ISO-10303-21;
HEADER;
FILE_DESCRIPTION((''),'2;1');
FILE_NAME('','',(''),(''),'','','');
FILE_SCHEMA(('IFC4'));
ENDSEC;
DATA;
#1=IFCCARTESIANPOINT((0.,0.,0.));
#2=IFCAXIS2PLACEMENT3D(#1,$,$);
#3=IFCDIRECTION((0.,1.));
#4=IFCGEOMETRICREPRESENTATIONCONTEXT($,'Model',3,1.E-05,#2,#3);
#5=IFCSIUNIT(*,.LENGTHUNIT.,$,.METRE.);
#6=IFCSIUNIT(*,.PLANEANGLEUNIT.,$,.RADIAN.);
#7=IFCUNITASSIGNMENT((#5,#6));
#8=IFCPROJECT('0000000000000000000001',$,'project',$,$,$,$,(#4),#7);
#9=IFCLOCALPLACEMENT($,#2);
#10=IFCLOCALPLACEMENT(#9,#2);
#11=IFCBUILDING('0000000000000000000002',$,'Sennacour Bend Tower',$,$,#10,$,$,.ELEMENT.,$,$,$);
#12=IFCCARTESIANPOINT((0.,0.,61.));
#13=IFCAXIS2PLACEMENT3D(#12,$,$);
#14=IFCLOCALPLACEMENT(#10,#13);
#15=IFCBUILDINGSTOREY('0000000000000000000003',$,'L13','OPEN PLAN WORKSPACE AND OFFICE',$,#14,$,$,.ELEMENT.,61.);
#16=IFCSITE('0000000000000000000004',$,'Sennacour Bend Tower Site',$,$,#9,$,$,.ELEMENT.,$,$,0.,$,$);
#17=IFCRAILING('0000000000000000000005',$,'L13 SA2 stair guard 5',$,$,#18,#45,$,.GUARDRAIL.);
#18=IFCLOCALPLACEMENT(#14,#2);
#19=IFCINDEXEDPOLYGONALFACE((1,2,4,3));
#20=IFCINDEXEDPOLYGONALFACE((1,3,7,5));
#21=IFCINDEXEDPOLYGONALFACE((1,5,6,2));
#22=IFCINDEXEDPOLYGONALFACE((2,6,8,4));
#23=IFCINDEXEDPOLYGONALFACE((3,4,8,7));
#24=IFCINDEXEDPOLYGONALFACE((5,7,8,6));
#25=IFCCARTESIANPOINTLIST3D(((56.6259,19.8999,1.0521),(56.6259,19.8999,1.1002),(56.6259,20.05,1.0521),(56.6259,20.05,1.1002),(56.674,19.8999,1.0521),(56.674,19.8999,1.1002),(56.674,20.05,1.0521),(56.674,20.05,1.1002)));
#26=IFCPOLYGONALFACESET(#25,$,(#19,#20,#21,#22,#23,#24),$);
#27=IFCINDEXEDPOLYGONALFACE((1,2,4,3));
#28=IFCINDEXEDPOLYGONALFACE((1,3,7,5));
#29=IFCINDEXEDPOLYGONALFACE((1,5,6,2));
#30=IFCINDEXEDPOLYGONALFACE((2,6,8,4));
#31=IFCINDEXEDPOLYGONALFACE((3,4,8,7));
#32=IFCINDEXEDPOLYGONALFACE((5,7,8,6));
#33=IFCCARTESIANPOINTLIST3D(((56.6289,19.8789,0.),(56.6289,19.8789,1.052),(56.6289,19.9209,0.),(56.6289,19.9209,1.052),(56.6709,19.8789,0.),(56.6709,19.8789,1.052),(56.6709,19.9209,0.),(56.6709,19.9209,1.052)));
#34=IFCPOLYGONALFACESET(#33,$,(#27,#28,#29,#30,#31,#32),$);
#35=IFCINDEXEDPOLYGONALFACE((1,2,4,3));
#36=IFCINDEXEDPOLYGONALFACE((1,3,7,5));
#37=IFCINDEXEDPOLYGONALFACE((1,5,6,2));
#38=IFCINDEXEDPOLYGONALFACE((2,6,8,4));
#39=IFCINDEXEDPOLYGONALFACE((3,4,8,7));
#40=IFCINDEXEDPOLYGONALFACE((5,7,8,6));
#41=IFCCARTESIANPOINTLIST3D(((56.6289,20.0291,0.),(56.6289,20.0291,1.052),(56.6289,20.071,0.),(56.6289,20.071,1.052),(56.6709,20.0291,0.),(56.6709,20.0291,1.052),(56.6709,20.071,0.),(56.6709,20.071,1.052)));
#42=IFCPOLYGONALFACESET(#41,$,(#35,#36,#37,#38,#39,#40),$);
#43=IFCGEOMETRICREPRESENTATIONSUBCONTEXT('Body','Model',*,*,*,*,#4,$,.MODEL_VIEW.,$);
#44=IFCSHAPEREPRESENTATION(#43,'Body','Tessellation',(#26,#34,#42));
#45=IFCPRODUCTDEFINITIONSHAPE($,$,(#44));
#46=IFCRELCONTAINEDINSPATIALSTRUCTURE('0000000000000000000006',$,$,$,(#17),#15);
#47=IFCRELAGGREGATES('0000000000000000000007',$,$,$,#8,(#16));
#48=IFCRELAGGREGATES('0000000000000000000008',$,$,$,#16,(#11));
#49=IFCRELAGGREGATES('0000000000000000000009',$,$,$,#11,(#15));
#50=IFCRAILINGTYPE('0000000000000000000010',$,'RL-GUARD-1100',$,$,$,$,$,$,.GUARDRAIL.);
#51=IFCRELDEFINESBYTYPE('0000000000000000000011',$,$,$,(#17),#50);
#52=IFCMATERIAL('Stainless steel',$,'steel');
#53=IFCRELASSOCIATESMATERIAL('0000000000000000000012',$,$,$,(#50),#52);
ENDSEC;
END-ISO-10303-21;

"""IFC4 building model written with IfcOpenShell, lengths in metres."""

from ifc_helpers import new_model, si_unit, direction, frame, origin, origin_2d, place, context, subcontext, project, spatial, rectangle, extrude, material, type_object, element, save


model = new_model("IFC4")

# Units and contexts
model_context = context("Model", 3, precision=1e-05, world=origin(), true_north=direction((0.0, 1.0)))
body_context = subcontext(model_context, "Body", "Model", "MODEL_VIEW")
ifc_project = project(units=[si_unit("LENGTHUNIT", "METRE"), si_unit("PLANEANGLEUNIT", "RADIAN")], contexts=[model_context])

# Site, building, storey
site_placement = place(None, origin())
site = spatial("IfcSite", under=ifc_project, at=site_placement, Name="Sennacour Bend Tower Site", CompositionType="ELEMENT", RefElevation=0.0)
building_placement = place(site_placement, origin())
building = spatial("IfcBuilding", under=site, at=building_placement, Name="Sennacour Bend Tower", CompositionType="ELEMENT")
storey_placement = place(building_placement, frame((0.0, 0.0, 61.0)))
storey = spatial("IfcBuildingStorey", under=building, at=storey_placement, Name="L13", Description="OPEN PLAN WORKSPACE AND OFFICE", CompositionType="ELEMENT", Elevation=61.0)

# Shared definitions
ifc_material_1 = material(Name="Stainless steel", Category="steel")

# Railing
railing_type = type_object("IfcRailingType", Name="RL-GUARD-1100", PredefinedType="GUARDRAIL", material=ifc_material_1)
railing_placement = place(storey_placement, frame((56.6499, 19.8999, 0.0)))
element("IfcRailing", 1, at=railing_placement, inside=storey, type_object=railing_type, Name="L13 SA2 stair guard 5", PredefinedType="GUARDRAIL", context=body_context, shape_type="SweptSolid", body=[
    extrude(rectangle(XDim=0.0481, YDim=0.0481, at=origin_2d()), frame((0.0, 0.0, 1.0762), z_axis=(0.0, 1.0, 0.0), x_axis=(-1.0, 0.0, 0.0)), (0.0, 0.0, 1.0), 0.1501),
    extrude(rectangle(XDim=0.042, YDim=0.042, at=origin_2d()), origin(), (0.0, 0.0, 1.0), 1.052),
    extrude(rectangle(XDim=0.042, YDim=0.042, at=origin_2d()), frame((0.0, 0.1501, 0.0)), (0.0, 0.0, 1.0), 1.052),
])

save(model, "model.ifc")
